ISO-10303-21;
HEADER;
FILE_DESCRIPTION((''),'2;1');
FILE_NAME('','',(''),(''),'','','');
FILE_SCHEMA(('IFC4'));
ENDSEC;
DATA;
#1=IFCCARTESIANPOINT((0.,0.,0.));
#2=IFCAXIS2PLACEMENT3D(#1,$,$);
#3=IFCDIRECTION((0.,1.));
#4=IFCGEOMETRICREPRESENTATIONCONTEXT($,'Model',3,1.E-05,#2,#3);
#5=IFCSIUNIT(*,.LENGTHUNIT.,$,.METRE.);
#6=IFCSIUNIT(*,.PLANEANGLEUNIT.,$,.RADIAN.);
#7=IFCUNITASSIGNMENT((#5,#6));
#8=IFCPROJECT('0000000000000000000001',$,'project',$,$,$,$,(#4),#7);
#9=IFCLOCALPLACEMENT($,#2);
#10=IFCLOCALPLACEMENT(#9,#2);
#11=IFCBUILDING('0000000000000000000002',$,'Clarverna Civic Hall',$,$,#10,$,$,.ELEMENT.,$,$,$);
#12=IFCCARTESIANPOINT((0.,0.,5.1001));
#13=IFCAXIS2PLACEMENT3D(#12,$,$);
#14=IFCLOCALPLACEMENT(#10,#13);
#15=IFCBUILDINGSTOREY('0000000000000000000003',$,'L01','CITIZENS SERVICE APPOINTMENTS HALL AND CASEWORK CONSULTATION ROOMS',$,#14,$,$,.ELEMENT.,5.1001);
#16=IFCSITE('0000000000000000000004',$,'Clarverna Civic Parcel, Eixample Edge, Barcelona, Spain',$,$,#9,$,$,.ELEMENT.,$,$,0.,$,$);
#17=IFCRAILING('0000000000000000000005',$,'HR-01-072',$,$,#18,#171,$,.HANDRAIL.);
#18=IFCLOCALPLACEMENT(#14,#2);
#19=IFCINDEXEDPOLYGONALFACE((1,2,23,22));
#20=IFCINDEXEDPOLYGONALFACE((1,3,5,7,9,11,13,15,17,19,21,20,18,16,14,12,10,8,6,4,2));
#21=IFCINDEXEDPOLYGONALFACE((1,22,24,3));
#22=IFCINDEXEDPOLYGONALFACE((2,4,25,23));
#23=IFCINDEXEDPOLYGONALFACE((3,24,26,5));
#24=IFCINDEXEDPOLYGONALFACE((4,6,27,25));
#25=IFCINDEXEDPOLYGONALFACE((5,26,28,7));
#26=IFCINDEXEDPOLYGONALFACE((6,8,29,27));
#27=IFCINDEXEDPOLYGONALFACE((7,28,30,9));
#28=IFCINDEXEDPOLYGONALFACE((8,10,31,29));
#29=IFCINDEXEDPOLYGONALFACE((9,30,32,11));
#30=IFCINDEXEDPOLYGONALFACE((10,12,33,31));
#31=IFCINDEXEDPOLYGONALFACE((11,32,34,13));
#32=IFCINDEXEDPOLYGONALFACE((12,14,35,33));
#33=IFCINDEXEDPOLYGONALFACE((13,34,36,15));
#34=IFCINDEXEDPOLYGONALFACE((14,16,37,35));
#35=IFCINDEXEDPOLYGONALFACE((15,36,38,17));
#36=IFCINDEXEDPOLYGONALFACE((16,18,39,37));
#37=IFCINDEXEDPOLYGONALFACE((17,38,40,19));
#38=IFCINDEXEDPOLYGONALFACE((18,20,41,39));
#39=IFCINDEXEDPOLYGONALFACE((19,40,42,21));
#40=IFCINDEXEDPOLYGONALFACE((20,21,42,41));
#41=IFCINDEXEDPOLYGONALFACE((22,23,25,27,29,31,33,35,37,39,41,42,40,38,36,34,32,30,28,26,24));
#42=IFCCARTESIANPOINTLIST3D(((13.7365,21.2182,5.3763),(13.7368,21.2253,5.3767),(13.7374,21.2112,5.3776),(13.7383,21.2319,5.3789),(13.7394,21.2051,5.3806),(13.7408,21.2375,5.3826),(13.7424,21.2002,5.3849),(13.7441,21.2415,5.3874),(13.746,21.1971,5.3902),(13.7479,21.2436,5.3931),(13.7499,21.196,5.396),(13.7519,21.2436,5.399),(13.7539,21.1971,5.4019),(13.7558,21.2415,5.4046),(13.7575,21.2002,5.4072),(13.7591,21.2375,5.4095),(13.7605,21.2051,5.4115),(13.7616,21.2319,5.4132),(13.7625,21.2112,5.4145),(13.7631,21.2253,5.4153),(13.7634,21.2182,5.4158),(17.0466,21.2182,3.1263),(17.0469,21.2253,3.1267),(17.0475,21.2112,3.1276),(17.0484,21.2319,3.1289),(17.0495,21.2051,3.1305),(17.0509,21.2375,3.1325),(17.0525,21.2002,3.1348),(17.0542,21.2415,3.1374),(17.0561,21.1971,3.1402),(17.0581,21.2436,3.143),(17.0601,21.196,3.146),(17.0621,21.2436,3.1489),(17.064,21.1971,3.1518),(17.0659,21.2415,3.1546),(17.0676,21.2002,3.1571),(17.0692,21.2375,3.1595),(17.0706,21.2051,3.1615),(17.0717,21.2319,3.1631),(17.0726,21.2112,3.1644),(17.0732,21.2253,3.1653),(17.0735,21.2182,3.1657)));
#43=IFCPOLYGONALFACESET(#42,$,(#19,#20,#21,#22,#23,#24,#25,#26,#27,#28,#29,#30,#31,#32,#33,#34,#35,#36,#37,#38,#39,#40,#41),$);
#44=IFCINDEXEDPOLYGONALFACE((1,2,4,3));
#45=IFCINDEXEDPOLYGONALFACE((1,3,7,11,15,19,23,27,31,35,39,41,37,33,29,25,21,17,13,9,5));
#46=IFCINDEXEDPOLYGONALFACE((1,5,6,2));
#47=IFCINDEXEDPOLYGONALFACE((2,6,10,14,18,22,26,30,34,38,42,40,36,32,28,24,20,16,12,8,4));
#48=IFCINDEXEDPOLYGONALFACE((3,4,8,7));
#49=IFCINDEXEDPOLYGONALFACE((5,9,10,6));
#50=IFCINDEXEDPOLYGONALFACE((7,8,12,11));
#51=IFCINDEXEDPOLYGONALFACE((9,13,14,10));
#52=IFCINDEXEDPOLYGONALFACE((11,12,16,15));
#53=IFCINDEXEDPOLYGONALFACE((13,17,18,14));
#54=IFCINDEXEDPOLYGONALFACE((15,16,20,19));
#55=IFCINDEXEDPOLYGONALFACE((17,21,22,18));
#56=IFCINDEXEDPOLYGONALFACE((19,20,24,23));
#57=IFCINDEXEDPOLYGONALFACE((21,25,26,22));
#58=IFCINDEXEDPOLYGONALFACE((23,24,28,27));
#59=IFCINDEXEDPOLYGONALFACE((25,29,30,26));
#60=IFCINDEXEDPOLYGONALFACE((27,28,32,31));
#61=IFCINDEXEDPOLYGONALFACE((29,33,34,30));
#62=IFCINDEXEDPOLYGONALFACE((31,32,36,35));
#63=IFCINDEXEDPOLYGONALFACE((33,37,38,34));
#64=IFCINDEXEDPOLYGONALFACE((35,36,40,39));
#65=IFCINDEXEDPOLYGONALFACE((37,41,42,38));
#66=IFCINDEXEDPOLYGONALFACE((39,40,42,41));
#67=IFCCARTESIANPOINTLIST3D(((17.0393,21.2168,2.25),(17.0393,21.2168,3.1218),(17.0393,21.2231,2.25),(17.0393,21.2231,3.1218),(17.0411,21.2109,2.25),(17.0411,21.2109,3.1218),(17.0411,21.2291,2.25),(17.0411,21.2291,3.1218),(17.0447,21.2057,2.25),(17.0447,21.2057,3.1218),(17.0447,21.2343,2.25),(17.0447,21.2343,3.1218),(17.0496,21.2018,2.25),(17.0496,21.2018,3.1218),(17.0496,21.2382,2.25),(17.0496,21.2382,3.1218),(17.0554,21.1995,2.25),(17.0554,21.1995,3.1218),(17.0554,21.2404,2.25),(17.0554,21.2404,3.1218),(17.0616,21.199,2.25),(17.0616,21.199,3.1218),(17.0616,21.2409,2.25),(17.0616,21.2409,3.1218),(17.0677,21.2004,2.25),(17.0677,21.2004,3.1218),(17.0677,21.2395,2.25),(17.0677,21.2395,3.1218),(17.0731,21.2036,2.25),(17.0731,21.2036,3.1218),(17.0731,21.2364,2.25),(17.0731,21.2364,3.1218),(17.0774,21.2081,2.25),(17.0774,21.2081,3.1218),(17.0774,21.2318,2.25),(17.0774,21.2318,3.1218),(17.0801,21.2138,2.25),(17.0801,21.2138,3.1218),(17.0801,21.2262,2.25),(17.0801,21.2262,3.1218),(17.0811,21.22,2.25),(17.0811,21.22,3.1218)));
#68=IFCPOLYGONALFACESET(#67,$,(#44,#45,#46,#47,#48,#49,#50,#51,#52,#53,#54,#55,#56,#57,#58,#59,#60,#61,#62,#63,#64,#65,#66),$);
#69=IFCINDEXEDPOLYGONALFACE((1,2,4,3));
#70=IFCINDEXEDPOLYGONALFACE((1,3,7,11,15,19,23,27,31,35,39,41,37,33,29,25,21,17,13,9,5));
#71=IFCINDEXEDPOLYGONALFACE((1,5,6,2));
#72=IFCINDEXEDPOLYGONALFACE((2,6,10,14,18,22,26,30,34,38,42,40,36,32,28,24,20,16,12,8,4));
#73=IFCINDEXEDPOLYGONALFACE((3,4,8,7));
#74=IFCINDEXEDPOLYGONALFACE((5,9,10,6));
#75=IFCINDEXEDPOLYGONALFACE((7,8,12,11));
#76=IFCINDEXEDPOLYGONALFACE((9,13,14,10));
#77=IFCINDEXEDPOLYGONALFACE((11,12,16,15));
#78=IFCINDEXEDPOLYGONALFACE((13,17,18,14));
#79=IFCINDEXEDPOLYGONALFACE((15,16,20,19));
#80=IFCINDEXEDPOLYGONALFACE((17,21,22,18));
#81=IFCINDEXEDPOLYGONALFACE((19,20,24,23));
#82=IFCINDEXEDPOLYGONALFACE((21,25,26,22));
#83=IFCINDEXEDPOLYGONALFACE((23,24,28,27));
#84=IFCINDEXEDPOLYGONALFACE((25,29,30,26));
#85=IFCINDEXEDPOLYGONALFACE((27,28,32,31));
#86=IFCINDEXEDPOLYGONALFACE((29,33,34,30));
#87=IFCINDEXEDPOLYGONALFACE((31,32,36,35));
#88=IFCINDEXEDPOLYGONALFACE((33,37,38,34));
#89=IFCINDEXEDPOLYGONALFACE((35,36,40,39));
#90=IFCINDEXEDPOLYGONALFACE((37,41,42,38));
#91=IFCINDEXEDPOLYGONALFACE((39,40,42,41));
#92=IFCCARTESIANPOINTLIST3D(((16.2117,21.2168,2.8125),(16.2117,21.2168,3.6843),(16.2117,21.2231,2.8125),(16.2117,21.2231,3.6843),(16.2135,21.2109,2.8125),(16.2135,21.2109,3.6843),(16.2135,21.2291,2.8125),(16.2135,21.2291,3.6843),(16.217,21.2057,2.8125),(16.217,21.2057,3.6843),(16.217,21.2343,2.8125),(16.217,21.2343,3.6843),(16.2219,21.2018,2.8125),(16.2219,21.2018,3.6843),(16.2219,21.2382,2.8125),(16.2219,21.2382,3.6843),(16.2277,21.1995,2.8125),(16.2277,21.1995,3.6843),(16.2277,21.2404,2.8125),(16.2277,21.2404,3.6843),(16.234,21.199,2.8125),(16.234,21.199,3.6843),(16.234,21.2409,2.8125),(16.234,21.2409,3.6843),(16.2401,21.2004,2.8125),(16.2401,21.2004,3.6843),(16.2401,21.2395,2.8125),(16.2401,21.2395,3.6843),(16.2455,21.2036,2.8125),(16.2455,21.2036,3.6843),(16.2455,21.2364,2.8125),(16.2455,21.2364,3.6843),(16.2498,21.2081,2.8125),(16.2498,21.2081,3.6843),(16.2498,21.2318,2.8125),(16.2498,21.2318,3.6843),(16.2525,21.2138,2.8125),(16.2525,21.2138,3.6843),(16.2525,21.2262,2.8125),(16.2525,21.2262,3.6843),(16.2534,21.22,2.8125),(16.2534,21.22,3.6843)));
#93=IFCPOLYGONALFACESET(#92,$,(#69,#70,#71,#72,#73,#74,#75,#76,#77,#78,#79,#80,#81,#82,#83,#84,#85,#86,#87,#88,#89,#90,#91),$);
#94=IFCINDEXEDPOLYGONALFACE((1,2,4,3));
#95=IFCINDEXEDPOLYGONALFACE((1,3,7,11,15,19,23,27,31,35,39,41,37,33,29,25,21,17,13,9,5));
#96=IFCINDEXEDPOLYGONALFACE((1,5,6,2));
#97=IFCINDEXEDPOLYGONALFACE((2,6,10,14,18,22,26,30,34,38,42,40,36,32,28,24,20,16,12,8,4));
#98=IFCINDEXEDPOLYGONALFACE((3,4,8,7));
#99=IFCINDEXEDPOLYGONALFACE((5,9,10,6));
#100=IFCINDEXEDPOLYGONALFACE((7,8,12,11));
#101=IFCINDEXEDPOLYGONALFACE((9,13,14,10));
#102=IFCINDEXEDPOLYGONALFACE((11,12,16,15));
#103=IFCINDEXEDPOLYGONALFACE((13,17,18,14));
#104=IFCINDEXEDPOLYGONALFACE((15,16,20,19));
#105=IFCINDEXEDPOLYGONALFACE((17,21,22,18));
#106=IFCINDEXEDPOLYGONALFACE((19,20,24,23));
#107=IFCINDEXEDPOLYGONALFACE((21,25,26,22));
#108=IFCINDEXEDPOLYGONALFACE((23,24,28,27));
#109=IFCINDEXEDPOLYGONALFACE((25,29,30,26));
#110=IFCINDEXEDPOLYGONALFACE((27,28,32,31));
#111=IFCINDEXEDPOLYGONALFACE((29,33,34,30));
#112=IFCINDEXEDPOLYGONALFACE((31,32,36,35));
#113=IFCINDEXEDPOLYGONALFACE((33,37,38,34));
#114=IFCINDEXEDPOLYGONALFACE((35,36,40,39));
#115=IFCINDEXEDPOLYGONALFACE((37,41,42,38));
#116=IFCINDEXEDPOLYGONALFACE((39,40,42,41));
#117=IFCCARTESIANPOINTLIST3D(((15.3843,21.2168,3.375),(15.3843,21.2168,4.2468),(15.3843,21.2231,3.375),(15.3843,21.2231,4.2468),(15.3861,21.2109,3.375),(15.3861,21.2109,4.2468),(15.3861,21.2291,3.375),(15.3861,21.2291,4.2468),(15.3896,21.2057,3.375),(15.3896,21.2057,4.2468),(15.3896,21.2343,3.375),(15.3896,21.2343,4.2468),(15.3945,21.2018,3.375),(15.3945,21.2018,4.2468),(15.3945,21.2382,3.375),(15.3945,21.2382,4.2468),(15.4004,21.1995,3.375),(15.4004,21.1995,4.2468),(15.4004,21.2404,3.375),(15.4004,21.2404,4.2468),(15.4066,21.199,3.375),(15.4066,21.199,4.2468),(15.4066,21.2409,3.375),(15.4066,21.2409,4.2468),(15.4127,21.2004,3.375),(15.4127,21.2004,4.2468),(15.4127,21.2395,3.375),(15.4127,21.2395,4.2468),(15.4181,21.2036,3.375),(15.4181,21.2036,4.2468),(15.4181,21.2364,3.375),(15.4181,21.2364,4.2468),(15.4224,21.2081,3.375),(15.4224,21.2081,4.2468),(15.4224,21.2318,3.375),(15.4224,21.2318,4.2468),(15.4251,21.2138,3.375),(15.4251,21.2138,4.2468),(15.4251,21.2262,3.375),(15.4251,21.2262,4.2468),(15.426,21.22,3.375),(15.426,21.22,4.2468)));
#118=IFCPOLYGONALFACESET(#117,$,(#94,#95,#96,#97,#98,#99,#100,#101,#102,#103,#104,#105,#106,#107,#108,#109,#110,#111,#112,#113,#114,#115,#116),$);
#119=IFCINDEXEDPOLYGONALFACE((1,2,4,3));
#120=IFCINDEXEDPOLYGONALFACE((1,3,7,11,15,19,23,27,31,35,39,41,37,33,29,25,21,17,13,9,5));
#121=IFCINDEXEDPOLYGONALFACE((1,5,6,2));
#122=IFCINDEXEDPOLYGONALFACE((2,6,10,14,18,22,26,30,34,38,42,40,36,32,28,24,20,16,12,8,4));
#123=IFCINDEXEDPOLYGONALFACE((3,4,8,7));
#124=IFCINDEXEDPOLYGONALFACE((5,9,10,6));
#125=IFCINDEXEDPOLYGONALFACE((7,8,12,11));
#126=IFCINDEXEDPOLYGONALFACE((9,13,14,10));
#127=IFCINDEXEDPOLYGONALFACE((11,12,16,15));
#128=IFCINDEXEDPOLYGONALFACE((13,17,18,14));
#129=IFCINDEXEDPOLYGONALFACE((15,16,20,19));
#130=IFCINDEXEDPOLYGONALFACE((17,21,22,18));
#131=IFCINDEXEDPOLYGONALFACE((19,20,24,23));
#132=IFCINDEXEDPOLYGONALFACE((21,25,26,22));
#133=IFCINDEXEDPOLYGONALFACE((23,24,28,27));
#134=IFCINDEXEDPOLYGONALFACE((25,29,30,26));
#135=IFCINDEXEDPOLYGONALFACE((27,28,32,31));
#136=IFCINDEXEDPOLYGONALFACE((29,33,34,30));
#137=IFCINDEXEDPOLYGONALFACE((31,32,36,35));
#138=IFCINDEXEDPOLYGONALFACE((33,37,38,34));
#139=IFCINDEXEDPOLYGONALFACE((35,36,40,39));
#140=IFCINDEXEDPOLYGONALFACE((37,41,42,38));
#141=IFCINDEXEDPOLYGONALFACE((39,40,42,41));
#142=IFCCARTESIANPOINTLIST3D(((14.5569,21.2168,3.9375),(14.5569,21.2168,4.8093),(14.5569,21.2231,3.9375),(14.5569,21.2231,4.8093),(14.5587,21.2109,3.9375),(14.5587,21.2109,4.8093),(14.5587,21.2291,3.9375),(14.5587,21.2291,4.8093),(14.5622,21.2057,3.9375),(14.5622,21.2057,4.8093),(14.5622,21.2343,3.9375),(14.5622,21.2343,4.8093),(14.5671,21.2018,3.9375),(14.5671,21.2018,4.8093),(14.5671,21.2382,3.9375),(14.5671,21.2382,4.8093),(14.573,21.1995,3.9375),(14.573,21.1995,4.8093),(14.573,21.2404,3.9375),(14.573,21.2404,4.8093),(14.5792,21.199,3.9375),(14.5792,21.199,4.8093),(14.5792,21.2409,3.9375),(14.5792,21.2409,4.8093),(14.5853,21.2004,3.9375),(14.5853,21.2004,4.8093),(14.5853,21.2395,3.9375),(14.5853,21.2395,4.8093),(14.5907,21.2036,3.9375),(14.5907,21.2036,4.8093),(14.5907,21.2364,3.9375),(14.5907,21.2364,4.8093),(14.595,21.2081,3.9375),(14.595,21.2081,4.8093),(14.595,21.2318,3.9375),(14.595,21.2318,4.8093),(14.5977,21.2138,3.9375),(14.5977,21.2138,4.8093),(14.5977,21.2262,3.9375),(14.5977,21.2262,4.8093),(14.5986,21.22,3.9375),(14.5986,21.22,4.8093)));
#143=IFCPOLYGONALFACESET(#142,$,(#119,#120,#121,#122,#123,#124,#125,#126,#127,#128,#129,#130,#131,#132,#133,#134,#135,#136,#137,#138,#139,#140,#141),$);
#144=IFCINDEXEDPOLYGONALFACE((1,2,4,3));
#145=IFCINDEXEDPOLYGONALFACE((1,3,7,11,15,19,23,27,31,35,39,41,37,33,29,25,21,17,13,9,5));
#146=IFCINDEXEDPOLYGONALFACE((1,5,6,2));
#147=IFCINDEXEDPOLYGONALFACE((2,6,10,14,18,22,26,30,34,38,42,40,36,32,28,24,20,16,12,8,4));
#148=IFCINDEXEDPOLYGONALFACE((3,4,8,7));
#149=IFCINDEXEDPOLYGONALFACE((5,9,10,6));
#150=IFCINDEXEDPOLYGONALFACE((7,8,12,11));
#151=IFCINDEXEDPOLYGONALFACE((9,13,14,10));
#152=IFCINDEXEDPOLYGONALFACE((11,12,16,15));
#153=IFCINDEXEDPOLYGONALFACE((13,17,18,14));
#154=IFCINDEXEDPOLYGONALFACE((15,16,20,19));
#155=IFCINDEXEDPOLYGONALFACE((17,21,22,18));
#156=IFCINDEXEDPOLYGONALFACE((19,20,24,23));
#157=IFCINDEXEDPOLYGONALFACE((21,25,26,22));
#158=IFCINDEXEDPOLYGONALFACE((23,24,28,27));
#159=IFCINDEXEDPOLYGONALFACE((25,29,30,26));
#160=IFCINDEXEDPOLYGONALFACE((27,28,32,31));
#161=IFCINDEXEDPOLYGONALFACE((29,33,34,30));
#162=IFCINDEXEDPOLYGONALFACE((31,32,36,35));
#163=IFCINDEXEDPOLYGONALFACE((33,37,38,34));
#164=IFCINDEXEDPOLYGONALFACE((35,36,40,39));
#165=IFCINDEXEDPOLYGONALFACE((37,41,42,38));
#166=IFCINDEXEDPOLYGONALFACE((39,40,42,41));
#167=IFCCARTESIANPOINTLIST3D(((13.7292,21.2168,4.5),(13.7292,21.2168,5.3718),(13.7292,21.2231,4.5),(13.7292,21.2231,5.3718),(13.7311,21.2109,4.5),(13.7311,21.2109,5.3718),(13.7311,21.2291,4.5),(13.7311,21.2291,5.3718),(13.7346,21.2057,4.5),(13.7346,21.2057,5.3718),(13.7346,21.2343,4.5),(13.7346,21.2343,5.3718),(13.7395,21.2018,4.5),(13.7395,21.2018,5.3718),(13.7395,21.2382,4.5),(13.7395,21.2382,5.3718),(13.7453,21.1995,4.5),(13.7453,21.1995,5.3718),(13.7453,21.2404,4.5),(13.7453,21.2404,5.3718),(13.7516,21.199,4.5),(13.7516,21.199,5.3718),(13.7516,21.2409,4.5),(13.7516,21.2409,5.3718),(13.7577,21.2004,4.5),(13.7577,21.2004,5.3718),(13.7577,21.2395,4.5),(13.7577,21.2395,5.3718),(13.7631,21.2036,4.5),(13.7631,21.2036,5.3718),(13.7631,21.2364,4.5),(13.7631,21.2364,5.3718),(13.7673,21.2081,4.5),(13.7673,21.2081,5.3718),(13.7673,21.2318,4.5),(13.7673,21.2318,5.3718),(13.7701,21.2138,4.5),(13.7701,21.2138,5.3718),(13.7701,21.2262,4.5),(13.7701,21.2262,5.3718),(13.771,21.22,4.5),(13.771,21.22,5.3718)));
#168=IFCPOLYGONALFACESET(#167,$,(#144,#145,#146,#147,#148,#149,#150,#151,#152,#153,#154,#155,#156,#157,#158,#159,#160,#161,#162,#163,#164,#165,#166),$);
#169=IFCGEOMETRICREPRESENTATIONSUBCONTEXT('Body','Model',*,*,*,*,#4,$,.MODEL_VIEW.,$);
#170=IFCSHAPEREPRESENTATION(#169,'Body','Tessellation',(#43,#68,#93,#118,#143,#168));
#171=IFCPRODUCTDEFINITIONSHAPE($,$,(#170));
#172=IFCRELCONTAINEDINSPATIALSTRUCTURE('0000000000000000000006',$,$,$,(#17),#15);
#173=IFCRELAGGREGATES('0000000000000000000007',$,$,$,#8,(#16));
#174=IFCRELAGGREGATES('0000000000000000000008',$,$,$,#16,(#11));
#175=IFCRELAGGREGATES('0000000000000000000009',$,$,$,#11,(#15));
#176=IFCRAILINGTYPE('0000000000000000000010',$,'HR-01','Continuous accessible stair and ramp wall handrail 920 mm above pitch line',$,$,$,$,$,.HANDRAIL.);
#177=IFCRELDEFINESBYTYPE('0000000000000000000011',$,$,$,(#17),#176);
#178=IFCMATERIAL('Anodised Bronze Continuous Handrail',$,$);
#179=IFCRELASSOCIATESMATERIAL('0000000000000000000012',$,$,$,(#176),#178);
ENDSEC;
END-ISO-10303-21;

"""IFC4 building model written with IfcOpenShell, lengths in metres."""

from ifc_helpers import new_model, si_unit, direction, frame, origin, origin_2d, place, context, subcontext, project, spatial, circle, extrude, material, type_object, element, save


model = new_model("IFC4")

# Units and contexts
model_context = context("Model", 3, precision=1e-05, world=origin(), true_north=direction((0.0, 1.0)))
body_context = subcontext(model_context, "Body", "Model", "MODEL_VIEW")
ifc_project = project(units=[si_unit("LENGTHUNIT", "METRE"), si_unit("PLANEANGLEUNIT", "RADIAN")], contexts=[model_context])

# Site, building, storey
site_placement = place(None, origin())
site = spatial("IfcSite", under=ifc_project, at=site_placement, Name="Clarverna Civic Parcel, Eixample Edge, Barcelona, Spain", CompositionType="ELEMENT", RefElevation=0.0)
building_placement = place(site_placement, origin())
building = spatial("IfcBuilding", under=site, at=building_placement, Name="Clarverna Civic Hall", CompositionType="ELEMENT")
storey_placement = place(building_placement, frame((0.0, 0.0, 5.1001)))
storey = spatial("IfcBuildingStorey", under=building, at=storey_placement, Name="L01", Description="CITIZENS SERVICE APPOINTMENTS HALL AND CASEWORK CONSULTATION ROOMS", CompositionType="ELEMENT", Elevation=5.1001)

# Railing
ifc_material_1 = material(Name="Anodised Bronze Continuous Handrail")
railing_type = type_object("IfcRailingType", Name="HR-01", Description="Continuous accessible stair and ramp wall handrail 920 mm above pitch line", PredefinedType="HANDRAIL", material=ifc_material_1)
railing_placement = place(storey_placement, frame((17.0601, 21.22, 2.25)))
element("IfcRailing", 1, at=railing_placement, inside=storey, type_object=railing_type, Name="HR-01-072", PredefinedType="HANDRAIL", context=body_context, shape_type="SweptSolid", body=[
    extrude(circle(Radius=0.0239, at=origin_2d()), frame((0.0, 0.0, 0.896), z_axis=(-0.827024, 0.0, 0.562167), x_axis=(0.0, -1.0, 0.0)), (0.0, 0.0, 1.0), 4.0024),
    extrude(circle(Radius=0.021, at=origin_2d()), origin(), (0.0, 0.0, 1.0), 0.8718),
    extrude(circle(Radius=0.021, at=origin_2d()), frame((-0.8276, 0.0, 0.5625)), (0.0, 0.0, 1.0), 0.8718),
    extrude(circle(Radius=0.021, at=origin_2d()), frame((-1.655, 0.0, 1.125)), (0.0, 0.0, 1.0), 0.8718),
    extrude(circle(Radius=0.021, at=origin_2d()), frame((-2.4824, 0.0, 1.6875)), (0.0, 0.0, 1.0), 0.8718),
    extrude(circle(Radius=0.021, at=origin_2d()), frame((-3.3101, 0.0, 2.25)), (0.0, 0.0, 1.0), 0.8718),
])

save(model, "model.ifc")
